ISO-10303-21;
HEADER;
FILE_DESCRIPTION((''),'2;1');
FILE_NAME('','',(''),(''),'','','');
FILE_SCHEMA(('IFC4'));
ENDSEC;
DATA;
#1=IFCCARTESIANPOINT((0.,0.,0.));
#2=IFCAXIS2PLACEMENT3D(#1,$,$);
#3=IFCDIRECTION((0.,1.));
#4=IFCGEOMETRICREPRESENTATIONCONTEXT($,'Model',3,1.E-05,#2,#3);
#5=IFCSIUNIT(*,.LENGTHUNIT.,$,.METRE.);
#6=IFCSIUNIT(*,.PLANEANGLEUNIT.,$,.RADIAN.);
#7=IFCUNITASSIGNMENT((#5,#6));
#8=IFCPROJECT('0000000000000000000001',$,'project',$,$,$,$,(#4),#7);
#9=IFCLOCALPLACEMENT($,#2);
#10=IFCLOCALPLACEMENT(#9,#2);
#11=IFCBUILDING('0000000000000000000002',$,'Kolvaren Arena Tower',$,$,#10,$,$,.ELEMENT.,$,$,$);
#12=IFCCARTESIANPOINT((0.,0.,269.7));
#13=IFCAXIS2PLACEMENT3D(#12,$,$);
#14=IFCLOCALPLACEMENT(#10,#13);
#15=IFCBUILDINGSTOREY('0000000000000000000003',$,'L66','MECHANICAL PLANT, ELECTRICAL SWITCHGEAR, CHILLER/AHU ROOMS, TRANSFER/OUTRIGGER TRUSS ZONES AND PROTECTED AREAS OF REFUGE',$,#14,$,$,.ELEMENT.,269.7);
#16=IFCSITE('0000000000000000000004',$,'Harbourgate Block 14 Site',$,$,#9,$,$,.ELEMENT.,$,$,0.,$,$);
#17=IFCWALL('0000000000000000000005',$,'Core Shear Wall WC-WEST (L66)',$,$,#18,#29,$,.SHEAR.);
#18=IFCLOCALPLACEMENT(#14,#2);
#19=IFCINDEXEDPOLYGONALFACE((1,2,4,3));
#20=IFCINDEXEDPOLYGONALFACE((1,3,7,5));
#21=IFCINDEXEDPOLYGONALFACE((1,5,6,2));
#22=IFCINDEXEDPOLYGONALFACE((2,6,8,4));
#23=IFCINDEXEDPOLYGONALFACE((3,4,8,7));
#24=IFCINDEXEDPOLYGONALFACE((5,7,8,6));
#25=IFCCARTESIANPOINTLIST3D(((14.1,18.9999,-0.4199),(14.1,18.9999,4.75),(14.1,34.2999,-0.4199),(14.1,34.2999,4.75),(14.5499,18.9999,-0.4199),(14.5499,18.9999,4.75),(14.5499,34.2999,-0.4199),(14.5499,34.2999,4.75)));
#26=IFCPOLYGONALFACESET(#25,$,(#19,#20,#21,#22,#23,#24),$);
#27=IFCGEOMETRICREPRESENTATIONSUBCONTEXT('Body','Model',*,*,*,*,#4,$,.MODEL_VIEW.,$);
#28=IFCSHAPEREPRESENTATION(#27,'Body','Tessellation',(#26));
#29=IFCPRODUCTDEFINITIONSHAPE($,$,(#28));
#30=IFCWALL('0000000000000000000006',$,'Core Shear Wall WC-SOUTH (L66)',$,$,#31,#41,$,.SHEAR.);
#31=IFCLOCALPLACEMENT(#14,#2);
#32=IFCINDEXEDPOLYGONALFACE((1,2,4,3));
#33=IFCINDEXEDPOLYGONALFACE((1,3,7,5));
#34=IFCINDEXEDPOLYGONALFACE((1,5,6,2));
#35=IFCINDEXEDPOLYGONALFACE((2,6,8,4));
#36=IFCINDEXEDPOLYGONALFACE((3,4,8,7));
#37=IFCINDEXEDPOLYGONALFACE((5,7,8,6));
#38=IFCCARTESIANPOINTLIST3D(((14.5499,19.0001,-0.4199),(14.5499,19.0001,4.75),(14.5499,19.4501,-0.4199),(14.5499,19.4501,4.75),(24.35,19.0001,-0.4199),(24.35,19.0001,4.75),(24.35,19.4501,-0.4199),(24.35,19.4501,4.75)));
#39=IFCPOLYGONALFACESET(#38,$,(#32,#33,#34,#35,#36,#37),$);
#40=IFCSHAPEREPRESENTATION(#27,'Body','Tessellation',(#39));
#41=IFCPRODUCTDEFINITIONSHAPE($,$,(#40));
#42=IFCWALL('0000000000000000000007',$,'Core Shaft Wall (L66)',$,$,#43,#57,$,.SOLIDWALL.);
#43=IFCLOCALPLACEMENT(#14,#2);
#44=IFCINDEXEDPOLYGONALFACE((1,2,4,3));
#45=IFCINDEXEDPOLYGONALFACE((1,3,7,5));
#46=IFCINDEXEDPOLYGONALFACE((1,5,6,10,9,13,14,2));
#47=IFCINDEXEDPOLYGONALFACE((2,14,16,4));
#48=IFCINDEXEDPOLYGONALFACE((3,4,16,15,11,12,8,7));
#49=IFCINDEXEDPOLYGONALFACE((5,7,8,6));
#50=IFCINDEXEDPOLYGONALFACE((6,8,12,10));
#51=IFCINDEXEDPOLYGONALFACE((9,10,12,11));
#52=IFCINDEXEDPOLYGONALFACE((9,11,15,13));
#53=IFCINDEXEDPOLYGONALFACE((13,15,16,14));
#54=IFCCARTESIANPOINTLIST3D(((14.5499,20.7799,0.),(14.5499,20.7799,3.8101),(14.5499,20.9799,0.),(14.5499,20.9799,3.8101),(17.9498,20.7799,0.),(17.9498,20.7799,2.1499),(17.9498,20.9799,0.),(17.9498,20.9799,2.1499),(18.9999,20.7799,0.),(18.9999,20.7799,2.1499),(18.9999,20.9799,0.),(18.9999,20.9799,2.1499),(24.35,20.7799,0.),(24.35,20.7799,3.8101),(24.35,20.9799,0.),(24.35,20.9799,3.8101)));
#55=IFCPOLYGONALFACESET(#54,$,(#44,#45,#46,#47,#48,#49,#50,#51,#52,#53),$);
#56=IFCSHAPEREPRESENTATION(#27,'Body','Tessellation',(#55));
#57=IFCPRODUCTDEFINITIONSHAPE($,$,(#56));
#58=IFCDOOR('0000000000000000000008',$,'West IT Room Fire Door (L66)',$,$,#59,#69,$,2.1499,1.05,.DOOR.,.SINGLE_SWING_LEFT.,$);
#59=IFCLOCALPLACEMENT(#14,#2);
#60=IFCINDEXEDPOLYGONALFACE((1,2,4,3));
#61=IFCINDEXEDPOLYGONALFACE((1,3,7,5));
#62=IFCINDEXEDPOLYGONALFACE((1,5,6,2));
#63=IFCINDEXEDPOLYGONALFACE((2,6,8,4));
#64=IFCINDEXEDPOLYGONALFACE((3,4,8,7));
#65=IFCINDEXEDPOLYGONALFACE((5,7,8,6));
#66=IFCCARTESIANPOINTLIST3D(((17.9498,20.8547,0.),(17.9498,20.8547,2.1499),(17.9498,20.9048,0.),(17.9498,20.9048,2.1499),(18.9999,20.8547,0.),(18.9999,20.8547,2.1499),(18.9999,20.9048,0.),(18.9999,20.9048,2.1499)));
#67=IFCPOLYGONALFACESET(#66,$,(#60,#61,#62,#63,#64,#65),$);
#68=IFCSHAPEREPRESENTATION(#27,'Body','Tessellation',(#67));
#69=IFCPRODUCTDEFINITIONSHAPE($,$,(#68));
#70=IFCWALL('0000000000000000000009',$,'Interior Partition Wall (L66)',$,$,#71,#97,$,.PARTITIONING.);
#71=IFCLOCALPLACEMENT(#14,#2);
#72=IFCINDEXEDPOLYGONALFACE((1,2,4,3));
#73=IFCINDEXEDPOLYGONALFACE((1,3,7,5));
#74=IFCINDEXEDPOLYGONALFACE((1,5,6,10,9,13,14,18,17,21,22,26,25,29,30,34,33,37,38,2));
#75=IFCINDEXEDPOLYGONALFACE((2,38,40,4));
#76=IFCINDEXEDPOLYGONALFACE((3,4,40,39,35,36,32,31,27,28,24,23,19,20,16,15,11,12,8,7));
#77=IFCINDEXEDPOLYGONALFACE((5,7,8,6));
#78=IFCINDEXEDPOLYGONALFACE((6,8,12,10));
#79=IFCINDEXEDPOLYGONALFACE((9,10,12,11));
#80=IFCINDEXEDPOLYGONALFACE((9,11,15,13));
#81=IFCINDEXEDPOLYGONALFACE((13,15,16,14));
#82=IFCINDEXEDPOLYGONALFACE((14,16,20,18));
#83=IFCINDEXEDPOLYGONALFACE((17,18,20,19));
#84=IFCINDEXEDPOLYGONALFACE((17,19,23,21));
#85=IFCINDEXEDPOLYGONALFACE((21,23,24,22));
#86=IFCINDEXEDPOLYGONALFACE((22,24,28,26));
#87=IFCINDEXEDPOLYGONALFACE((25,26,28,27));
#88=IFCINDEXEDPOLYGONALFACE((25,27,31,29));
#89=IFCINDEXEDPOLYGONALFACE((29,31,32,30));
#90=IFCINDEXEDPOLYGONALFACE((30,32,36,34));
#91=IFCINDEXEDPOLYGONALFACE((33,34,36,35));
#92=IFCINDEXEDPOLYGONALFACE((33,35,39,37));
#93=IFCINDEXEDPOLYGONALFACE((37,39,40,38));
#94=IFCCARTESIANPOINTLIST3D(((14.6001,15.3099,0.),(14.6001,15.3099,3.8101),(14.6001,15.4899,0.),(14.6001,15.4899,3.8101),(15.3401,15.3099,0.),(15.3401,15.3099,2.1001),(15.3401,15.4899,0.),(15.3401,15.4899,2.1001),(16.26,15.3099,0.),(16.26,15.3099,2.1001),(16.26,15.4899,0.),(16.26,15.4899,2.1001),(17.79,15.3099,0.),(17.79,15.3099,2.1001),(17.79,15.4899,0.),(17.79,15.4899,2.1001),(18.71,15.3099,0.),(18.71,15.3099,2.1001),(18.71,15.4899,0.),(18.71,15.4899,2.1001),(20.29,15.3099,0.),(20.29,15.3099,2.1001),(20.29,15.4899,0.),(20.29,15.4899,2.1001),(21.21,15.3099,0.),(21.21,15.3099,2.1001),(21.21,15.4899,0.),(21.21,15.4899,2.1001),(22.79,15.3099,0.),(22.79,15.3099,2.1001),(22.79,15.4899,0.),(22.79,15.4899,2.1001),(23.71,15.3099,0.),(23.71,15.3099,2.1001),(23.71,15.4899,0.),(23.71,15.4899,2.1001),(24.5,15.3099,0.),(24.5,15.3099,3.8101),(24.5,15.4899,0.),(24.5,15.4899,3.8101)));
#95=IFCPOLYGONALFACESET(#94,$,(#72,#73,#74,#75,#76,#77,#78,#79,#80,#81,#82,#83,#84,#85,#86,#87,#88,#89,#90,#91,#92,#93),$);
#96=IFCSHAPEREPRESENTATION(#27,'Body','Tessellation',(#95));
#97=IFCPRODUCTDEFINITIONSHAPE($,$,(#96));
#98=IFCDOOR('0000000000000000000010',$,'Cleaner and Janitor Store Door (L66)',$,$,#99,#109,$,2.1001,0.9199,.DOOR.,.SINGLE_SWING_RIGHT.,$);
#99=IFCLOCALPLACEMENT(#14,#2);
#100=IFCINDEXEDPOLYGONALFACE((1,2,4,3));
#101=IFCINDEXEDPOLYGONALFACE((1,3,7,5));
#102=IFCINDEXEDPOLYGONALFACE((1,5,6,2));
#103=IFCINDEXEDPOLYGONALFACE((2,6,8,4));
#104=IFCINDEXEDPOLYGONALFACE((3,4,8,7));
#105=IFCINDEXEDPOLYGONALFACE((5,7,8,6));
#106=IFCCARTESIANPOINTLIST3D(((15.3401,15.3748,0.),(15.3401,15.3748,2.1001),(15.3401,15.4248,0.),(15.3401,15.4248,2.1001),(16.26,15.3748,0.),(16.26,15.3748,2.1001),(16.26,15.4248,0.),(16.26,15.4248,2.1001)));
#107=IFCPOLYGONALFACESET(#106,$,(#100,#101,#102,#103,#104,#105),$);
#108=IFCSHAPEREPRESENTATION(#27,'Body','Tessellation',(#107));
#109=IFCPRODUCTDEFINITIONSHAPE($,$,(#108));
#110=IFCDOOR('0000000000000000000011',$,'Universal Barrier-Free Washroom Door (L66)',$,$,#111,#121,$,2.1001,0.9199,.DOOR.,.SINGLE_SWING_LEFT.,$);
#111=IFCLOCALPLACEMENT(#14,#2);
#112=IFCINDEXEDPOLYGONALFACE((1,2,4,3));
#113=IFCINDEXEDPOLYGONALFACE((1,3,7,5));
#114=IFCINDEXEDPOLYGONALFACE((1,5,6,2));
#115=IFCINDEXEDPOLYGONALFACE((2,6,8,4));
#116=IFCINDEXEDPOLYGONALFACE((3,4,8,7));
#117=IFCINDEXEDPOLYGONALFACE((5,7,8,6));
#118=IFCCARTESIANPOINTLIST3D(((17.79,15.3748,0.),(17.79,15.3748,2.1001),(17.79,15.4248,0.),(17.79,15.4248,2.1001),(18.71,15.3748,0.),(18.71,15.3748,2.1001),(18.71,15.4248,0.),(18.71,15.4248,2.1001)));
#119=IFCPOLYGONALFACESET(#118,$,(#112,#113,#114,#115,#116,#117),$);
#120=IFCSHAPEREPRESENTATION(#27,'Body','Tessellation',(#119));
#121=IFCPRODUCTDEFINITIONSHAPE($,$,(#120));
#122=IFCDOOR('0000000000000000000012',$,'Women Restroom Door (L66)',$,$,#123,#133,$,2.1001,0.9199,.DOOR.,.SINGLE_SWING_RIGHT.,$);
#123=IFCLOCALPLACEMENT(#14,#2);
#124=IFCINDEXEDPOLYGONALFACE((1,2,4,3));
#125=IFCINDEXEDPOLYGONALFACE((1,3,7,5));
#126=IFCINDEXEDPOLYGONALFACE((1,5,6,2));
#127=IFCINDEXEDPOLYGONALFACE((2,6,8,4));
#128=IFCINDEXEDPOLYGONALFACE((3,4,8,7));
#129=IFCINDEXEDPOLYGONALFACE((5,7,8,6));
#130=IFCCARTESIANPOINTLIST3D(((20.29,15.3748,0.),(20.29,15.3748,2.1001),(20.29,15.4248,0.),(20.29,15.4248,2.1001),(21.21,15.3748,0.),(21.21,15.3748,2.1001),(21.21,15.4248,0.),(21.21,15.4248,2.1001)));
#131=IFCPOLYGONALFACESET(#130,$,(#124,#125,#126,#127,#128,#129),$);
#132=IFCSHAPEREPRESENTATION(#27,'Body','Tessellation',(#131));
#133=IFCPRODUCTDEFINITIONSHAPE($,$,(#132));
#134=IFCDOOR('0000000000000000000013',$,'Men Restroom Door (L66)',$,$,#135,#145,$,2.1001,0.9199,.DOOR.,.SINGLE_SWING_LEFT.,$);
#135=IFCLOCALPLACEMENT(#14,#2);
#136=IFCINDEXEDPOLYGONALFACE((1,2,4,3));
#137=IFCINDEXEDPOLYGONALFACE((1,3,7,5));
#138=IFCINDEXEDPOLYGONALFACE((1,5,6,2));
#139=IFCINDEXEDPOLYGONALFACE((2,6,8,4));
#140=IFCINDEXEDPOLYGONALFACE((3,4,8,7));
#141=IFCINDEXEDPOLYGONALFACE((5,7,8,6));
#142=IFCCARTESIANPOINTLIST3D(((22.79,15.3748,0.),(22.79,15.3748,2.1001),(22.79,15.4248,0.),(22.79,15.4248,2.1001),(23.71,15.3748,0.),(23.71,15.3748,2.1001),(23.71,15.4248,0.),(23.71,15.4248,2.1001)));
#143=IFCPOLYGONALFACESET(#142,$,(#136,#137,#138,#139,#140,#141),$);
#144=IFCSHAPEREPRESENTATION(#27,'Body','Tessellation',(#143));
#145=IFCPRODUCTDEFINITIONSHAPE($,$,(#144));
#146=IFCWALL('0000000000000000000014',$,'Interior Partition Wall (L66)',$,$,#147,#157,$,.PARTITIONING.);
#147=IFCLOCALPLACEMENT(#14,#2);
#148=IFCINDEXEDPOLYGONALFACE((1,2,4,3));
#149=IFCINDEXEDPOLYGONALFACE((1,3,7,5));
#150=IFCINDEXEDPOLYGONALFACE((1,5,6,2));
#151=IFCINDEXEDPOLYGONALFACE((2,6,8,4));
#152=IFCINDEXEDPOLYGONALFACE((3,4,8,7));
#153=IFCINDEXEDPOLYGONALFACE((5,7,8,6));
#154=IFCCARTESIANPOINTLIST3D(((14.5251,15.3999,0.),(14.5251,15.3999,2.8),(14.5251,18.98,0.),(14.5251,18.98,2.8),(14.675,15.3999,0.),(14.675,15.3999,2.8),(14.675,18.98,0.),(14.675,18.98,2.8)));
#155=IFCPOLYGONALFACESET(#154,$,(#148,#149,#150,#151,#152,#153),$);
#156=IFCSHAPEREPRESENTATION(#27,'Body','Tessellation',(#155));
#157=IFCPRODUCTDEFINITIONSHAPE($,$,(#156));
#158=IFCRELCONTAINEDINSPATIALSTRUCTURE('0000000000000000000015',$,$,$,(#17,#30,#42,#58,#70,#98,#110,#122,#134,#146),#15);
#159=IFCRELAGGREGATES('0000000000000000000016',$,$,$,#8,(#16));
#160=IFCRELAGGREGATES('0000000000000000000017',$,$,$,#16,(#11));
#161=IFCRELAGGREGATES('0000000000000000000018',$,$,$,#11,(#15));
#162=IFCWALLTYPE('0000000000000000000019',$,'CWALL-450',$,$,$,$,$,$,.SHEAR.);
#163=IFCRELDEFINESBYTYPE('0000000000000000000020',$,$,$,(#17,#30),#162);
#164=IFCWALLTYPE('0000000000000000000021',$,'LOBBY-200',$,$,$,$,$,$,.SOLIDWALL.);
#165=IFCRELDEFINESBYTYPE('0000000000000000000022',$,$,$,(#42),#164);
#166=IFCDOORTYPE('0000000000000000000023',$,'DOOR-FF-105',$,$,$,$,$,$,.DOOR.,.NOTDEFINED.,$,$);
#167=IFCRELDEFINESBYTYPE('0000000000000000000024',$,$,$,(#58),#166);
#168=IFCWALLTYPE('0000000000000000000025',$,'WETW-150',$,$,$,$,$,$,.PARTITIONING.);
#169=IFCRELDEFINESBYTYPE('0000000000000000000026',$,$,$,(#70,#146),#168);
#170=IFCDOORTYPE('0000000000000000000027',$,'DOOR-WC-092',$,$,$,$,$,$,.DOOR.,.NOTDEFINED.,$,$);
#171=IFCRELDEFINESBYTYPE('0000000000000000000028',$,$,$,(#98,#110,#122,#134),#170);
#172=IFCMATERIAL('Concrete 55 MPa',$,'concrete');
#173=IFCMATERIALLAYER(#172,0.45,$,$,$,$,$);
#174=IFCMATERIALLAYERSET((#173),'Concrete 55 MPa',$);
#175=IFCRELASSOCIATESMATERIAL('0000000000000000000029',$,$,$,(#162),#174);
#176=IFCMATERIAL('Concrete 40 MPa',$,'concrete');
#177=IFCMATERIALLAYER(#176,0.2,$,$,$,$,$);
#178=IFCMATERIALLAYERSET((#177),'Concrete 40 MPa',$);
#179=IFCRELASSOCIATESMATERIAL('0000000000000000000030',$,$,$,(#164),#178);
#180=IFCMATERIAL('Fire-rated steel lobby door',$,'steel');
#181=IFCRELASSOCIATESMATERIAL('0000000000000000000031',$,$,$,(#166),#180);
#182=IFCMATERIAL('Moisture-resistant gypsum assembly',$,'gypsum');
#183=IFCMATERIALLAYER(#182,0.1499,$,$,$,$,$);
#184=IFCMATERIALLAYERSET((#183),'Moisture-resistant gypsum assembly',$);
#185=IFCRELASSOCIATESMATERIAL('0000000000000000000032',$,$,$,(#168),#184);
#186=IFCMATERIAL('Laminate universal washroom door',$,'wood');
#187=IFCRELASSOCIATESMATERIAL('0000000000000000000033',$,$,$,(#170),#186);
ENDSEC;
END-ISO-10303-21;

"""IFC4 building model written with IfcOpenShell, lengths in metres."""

from ifc_helpers import new_model, si_unit, direction, frame, frame_2d, origin, place, context, subcontext, project, spatial, rectangle, extrude, material, layer, layer_set, type_object, element, fill, save


model = new_model("IFC4")

# Units and contexts
model_context = context("Model", 3, precision=1e-05, world=origin(), true_north=direction((0.0, 1.0)))
body_context = subcontext(model_context, "Body", "Model", "MODEL_VIEW")
ifc_project = project(units=[si_unit("LENGTHUNIT", "METRE"), si_unit("PLANEANGLEUNIT", "RADIAN")], contexts=[model_context])

# Site, building, storey
site_placement = place(None, origin())
site = spatial("IfcSite", under=ifc_project, at=site_placement, Name="Harbourgate Block 14 Site", CompositionType="ELEMENT", RefElevation=0.0)
building_placement = place(site_placement, origin())
building = spatial("IfcBuilding", under=site, at=building_placement, Name="Kolvaren Arena Tower", CompositionType="ELEMENT")
storey_placement = place(building_placement, frame((0.0, 0.0, 269.7)))
storey = spatial("IfcBuildingStorey", under=building, at=storey_placement, Name="L66", Description="MECHANICAL PLANT, ELECTRICAL SWITCHGEAR, CHILLER/AHU ROOMS, TRANSFER/OUTRIGGER TRUSS ZONES AND PROTECTED AREAS OF REFUGE", CompositionType="ELEMENT", Elevation=269.7)

# Walls
ifc_material_1 = material(Name="Concrete 55 MPa", Category="concrete")
ifc_layer_1 = layer(ifc_material_1, 0.45)
ifc_layer_set_1 = layer_set([ifc_layer_1], Name="Concrete 55 MPa")
wall_type_1 = type_object("IfcWallType", Name="CWALL-450", PredefinedType="SHEAR", material=ifc_layer_set_1)
wall_1_placement = place(storey_placement, frame((14.325, 19.0, -0.4199), z_axis=(0.0, 0.0, 1.0), x_axis=(0.0, 1.0, 0.0)))
element("IfcWall", 1, at=wall_1_placement, inside=storey, type_object=wall_type_1, Name="Core Shear Wall WC-WEST (L66)", PredefinedType="SHEAR", context=body_context, shape_type="SweptSolid", body=[
    extrude(rectangle(XDim=15.3, YDim=0.45, at=frame_2d((7.6499, 0.0))), origin(), (0.0, 0.0, 1.0), 5.1699),
])
wall_2_placement = place(storey_placement, frame((14.55, 19.2251, -0.4199), z_axis=(0.0, 0.0, 1.0), x_axis=(1.0, 0.0, 0.0)))
element("IfcWall", 2, at=wall_2_placement, inside=storey, type_object=wall_type_1, Name="Core Shear Wall WC-SOUTH (L66)", PredefinedType="SHEAR", context=body_context, shape_type="SweptSolid", body=[
    extrude(rectangle(XDim=9.8, YDim=0.45, at=frame_2d((4.8999, 0.0))), origin(), (0.0, 0.0, 1.0), 5.1699),
])

# Wall, opening, door
ifc_material_2 = material(Name="Concrete 40 MPa", Category="concrete")
ifc_layer_2 = layer(ifc_material_2, 0.2)
ifc_layer_set_2 = layer_set([ifc_layer_2], Name="Concrete 40 MPa")
wall_type_2 = type_object("IfcWallType", Name="LOBBY-200", PredefinedType="SOLIDWALL", material=ifc_layer_set_2)
wall_3_placement = place(storey_placement, frame((14.55, 20.8799, 0.0), z_axis=(0.0, 0.0, 1.0), x_axis=(1.0, 0.0, 0.0)))
wall_3 = element("IfcWall", 3, at=wall_3_placement, inside=storey, type_object=wall_type_2, Name="Core Shaft Wall (L66)", PredefinedType="SOLIDWALL", context=body_context, shape_type="SweptSolid", body=[
    extrude(rectangle(XDim=9.8, YDim=0.2, at=frame_2d((4.8999, 0.0))), origin(), (0.0, 0.0, 1.0), 3.8101),
])
opening_1_placement = place(wall_3_placement, frame((3.3999, 0.0, 0.0)))
opening_1 = element("IfcOpeningElement", 4, at=opening_1_placement, cuts=wall_3, PredefinedType="OPENING", context=body_context, shape_type="SweptSolid", body=[
    extrude(rectangle(XDim=1.05, YDim=2.1499, at=frame_2d((0.5249, 1.075))), frame((0.0, 0.1099, 0.0), z_axis=(0.0, -1.0, 0.0), x_axis=(1.0, 0.0, 0.0)), (0.0, 0.0, 1.0), 0.22),
])
ifc_material_3 = material(Name="Fire-rated steel lobby door", Category="steel")
door_type_1 = type_object("IfcDoorType", Name="DOOR-FF-105", OperationType="NOTDEFINED", PredefinedType="DOOR", material=ifc_material_3)
door_1_placement = place(opening_1_placement, origin())
door_1 = element("IfcDoor", 5, at=door_1_placement, inside=storey, type_object=door_type_1, Name="West IT Room Fire Door (L66)", OperationType="SINGLE_SWING_LEFT", OverallHeight=2.1499, OverallWidth=1.05, PredefinedType="DOOR", context=body_context, shape_type="SweptSolid", body=[
    extrude(rectangle(XDim=1.05, YDim=2.1499, at=frame_2d((0.5249, 1.075))), frame((0.0, 0.0249, 0.0), z_axis=(0.0, -1.0, 0.0), x_axis=(1.0, 0.0, 0.0)), (0.0, 0.0, 1.0), 0.05),
])
fill(opening_1, door_1)

# Wall, openings, doors
ifc_material_4 = material(Name="Moisture-resistant gypsum assembly", Category="gypsum")
ifc_layer_3 = layer(ifc_material_4, 0.1499)
ifc_layer_set_3 = layer_set([ifc_layer_3], Name="Moisture-resistant gypsum assembly")
wall_type_3 = type_object("IfcWallType", Name="WETW-150", PredefinedType="PARTITIONING", material=ifc_layer_set_3)
wall_4_placement = place(storey_placement, frame((14.6001, 15.3999, 0.0), z_axis=(0.0, 0.0, 1.0), x_axis=(1.0, 0.0, 0.0)))
wall_4 = element("IfcWall", 6, at=wall_4_placement, inside=storey, type_object=wall_type_3, Name="Interior Partition Wall (L66)", PredefinedType="PARTITIONING", context=body_context, shape_type="SweptSolid", body=[
    extrude(rectangle(XDim=9.8999, YDim=0.1799, at=frame_2d((4.95, 0.0))), origin(), (0.0, 0.0, 1.0), 3.8101),
])
opening_2_placement = place(wall_4_placement, frame((0.74, 0.0, 0.0)))
opening_2 = element("IfcOpeningElement", 7, at=opening_2_placement, cuts=wall_4, PredefinedType="OPENING", context=body_context, shape_type="SweptSolid", body=[
    extrude(rectangle(XDim=0.9199, YDim=2.1001, at=frame_2d((0.46, 1.05))), frame((0.0, 0.0999, 0.0), z_axis=(0.0, -1.0, 0.0), x_axis=(1.0, 0.0, 0.0)), (0.0, 0.0, 1.0), 0.2),
])
opening_3_placement = place(wall_4_placement, frame((3.1899, 0.0, 0.0)))
opening_3 = element("IfcOpeningElement", 8, at=opening_3_placement, cuts=wall_4, PredefinedType="OPENING", context=body_context, shape_type="SweptSolid", body=[
    extrude(rectangle(XDim=0.9199, YDim=2.1001, at=frame_2d((0.46, 1.05))), frame((0.0, 0.0999, 0.0), z_axis=(0.0, -1.0, 0.0), x_axis=(1.0, 0.0, 0.0)), (0.0, 0.0, 1.0), 0.2),
])
opening_4_placement = place(wall_4_placement, frame((5.6899, 0.0, 0.0)))
opening_4 = element("IfcOpeningElement", 9, at=opening_4_placement, cuts=wall_4, PredefinedType="OPENING", context=body_context, shape_type="SweptSolid", body=[
    extrude(rectangle(XDim=0.9199, YDim=2.1001, at=frame_2d((0.46, 1.05))), frame((0.0, 0.0999, 0.0), z_axis=(0.0, -1.0, 0.0), x_axis=(1.0, 0.0, 0.0)), (0.0, 0.0, 1.0), 0.2),
])
opening_5_placement = place(wall_4_placement, frame((8.1899, 0.0, 0.0)))
opening_5 = element("IfcOpeningElement", 10, at=opening_5_placement, cuts=wall_4, PredefinedType="OPENING", context=body_context, shape_type="SweptSolid", body=[
    extrude(rectangle(XDim=0.9199, YDim=2.1001, at=frame_2d((0.46, 1.05))), frame((0.0, 0.0999, 0.0), z_axis=(0.0, -1.0, 0.0), x_axis=(1.0, 0.0, 0.0)), (0.0, 0.0, 1.0), 0.2),
])
ifc_material_5 = material(Name="Laminate universal washroom door", Category="wood")
door_type_2 = type_object("IfcDoorType", Name="DOOR-WC-092", OperationType="NOTDEFINED", PredefinedType="DOOR", material=ifc_material_5)
door_2_placement = place(opening_2_placement, origin())
door_2 = element("IfcDoor", 11, at=door_2_placement, inside=storey, type_object=door_type_2, Name="Cleaner and Janitor Store Door (L66)", OperationType="SINGLE_SWING_RIGHT", OverallHeight=2.1001, OverallWidth=0.9199, PredefinedType="DOOR", context=body_context, shape_type="SweptSolid", body=[
    extrude(rectangle(XDim=0.9199, YDim=2.1001, at=frame_2d((0.46, 1.05))), frame((0.0, 0.0249, 0.0), z_axis=(0.0, -1.0, 0.0), x_axis=(1.0, 0.0, 0.0)), (0.0, 0.0, 1.0), 0.05),
])
fill(opening_2, door_2)
door_3_placement = place(opening_3_placement, origin())
door_3 = element("IfcDoor", 12, at=door_3_placement, inside=storey, type_object=door_type_2, Name="Universal Barrier-Free Washroom Door (L66)", OperationType="SINGLE_SWING_LEFT", OverallHeight=2.1001, OverallWidth=0.9199, PredefinedType="DOOR", context=body_context, shape_type="SweptSolid", body=[
    extrude(rectangle(XDim=0.9199, YDim=2.1001, at=frame_2d((0.46, 1.05))), frame((0.0, 0.0249, 0.0), z_axis=(0.0, -1.0, 0.0), x_axis=(1.0, 0.0, 0.0)), (0.0, 0.0, 1.0), 0.05),
])
fill(opening_3, door_3)
door_4_placement = place(opening_4_placement, origin())
door_4 = element("IfcDoor", 13, at=door_4_placement, inside=storey, type_object=door_type_2, Name="Women Restroom Door (L66)", OperationType="SINGLE_SWING_RIGHT", OverallHeight=2.1001, OverallWidth=0.9199, PredefinedType="DOOR", context=body_context, shape_type="SweptSolid", body=[
    extrude(rectangle(XDim=0.9199, YDim=2.1001, at=frame_2d((0.46, 1.05))), frame((0.0, 0.0249, 0.0), z_axis=(0.0, -1.0, 0.0), x_axis=(1.0, 0.0, 0.0)), (0.0, 0.0, 1.0), 0.05),
])
fill(opening_4, door_4)
door_5_placement = place(opening_5_placement, origin())
door_5 = element("IfcDoor", 14, at=door_5_placement, inside=storey, type_object=door_type_2, Name="Men Restroom Door (L66)", OperationType="SINGLE_SWING_LEFT", OverallHeight=2.1001, OverallWidth=0.9199, PredefinedType="DOOR", context=body_context, shape_type="SweptSolid", body=[
    extrude(rectangle(XDim=0.9199, YDim=2.1001, at=frame_2d((0.46, 1.05))), frame((0.0, 0.0249, 0.0), z_axis=(0.0, -1.0, 0.0), x_axis=(1.0, 0.0, 0.0)), (0.0, 0.0, 1.0), 0.05),
])
fill(opening_5, door_5)

# Wall
wall_5_placement = place(storey_placement, frame((14.6001, 15.3999, 0.0), z_axis=(0.0, 0.0, 1.0), x_axis=(0.0, 1.0, 0.0)))
element("IfcWall", 15, at=wall_5_placement, inside=storey, type_object=wall_type_3, Name="Interior Partition Wall (L66)", PredefinedType="PARTITIONING", context=body_context, shape_type="SweptSolid", body=[
    extrude(rectangle(XDim=3.5801, YDim=0.1499, at=frame_2d((1.79, 0.0))), origin(), (0.0, 0.0, 1.0), 2.8),
])

save(model, "model.ifc")
